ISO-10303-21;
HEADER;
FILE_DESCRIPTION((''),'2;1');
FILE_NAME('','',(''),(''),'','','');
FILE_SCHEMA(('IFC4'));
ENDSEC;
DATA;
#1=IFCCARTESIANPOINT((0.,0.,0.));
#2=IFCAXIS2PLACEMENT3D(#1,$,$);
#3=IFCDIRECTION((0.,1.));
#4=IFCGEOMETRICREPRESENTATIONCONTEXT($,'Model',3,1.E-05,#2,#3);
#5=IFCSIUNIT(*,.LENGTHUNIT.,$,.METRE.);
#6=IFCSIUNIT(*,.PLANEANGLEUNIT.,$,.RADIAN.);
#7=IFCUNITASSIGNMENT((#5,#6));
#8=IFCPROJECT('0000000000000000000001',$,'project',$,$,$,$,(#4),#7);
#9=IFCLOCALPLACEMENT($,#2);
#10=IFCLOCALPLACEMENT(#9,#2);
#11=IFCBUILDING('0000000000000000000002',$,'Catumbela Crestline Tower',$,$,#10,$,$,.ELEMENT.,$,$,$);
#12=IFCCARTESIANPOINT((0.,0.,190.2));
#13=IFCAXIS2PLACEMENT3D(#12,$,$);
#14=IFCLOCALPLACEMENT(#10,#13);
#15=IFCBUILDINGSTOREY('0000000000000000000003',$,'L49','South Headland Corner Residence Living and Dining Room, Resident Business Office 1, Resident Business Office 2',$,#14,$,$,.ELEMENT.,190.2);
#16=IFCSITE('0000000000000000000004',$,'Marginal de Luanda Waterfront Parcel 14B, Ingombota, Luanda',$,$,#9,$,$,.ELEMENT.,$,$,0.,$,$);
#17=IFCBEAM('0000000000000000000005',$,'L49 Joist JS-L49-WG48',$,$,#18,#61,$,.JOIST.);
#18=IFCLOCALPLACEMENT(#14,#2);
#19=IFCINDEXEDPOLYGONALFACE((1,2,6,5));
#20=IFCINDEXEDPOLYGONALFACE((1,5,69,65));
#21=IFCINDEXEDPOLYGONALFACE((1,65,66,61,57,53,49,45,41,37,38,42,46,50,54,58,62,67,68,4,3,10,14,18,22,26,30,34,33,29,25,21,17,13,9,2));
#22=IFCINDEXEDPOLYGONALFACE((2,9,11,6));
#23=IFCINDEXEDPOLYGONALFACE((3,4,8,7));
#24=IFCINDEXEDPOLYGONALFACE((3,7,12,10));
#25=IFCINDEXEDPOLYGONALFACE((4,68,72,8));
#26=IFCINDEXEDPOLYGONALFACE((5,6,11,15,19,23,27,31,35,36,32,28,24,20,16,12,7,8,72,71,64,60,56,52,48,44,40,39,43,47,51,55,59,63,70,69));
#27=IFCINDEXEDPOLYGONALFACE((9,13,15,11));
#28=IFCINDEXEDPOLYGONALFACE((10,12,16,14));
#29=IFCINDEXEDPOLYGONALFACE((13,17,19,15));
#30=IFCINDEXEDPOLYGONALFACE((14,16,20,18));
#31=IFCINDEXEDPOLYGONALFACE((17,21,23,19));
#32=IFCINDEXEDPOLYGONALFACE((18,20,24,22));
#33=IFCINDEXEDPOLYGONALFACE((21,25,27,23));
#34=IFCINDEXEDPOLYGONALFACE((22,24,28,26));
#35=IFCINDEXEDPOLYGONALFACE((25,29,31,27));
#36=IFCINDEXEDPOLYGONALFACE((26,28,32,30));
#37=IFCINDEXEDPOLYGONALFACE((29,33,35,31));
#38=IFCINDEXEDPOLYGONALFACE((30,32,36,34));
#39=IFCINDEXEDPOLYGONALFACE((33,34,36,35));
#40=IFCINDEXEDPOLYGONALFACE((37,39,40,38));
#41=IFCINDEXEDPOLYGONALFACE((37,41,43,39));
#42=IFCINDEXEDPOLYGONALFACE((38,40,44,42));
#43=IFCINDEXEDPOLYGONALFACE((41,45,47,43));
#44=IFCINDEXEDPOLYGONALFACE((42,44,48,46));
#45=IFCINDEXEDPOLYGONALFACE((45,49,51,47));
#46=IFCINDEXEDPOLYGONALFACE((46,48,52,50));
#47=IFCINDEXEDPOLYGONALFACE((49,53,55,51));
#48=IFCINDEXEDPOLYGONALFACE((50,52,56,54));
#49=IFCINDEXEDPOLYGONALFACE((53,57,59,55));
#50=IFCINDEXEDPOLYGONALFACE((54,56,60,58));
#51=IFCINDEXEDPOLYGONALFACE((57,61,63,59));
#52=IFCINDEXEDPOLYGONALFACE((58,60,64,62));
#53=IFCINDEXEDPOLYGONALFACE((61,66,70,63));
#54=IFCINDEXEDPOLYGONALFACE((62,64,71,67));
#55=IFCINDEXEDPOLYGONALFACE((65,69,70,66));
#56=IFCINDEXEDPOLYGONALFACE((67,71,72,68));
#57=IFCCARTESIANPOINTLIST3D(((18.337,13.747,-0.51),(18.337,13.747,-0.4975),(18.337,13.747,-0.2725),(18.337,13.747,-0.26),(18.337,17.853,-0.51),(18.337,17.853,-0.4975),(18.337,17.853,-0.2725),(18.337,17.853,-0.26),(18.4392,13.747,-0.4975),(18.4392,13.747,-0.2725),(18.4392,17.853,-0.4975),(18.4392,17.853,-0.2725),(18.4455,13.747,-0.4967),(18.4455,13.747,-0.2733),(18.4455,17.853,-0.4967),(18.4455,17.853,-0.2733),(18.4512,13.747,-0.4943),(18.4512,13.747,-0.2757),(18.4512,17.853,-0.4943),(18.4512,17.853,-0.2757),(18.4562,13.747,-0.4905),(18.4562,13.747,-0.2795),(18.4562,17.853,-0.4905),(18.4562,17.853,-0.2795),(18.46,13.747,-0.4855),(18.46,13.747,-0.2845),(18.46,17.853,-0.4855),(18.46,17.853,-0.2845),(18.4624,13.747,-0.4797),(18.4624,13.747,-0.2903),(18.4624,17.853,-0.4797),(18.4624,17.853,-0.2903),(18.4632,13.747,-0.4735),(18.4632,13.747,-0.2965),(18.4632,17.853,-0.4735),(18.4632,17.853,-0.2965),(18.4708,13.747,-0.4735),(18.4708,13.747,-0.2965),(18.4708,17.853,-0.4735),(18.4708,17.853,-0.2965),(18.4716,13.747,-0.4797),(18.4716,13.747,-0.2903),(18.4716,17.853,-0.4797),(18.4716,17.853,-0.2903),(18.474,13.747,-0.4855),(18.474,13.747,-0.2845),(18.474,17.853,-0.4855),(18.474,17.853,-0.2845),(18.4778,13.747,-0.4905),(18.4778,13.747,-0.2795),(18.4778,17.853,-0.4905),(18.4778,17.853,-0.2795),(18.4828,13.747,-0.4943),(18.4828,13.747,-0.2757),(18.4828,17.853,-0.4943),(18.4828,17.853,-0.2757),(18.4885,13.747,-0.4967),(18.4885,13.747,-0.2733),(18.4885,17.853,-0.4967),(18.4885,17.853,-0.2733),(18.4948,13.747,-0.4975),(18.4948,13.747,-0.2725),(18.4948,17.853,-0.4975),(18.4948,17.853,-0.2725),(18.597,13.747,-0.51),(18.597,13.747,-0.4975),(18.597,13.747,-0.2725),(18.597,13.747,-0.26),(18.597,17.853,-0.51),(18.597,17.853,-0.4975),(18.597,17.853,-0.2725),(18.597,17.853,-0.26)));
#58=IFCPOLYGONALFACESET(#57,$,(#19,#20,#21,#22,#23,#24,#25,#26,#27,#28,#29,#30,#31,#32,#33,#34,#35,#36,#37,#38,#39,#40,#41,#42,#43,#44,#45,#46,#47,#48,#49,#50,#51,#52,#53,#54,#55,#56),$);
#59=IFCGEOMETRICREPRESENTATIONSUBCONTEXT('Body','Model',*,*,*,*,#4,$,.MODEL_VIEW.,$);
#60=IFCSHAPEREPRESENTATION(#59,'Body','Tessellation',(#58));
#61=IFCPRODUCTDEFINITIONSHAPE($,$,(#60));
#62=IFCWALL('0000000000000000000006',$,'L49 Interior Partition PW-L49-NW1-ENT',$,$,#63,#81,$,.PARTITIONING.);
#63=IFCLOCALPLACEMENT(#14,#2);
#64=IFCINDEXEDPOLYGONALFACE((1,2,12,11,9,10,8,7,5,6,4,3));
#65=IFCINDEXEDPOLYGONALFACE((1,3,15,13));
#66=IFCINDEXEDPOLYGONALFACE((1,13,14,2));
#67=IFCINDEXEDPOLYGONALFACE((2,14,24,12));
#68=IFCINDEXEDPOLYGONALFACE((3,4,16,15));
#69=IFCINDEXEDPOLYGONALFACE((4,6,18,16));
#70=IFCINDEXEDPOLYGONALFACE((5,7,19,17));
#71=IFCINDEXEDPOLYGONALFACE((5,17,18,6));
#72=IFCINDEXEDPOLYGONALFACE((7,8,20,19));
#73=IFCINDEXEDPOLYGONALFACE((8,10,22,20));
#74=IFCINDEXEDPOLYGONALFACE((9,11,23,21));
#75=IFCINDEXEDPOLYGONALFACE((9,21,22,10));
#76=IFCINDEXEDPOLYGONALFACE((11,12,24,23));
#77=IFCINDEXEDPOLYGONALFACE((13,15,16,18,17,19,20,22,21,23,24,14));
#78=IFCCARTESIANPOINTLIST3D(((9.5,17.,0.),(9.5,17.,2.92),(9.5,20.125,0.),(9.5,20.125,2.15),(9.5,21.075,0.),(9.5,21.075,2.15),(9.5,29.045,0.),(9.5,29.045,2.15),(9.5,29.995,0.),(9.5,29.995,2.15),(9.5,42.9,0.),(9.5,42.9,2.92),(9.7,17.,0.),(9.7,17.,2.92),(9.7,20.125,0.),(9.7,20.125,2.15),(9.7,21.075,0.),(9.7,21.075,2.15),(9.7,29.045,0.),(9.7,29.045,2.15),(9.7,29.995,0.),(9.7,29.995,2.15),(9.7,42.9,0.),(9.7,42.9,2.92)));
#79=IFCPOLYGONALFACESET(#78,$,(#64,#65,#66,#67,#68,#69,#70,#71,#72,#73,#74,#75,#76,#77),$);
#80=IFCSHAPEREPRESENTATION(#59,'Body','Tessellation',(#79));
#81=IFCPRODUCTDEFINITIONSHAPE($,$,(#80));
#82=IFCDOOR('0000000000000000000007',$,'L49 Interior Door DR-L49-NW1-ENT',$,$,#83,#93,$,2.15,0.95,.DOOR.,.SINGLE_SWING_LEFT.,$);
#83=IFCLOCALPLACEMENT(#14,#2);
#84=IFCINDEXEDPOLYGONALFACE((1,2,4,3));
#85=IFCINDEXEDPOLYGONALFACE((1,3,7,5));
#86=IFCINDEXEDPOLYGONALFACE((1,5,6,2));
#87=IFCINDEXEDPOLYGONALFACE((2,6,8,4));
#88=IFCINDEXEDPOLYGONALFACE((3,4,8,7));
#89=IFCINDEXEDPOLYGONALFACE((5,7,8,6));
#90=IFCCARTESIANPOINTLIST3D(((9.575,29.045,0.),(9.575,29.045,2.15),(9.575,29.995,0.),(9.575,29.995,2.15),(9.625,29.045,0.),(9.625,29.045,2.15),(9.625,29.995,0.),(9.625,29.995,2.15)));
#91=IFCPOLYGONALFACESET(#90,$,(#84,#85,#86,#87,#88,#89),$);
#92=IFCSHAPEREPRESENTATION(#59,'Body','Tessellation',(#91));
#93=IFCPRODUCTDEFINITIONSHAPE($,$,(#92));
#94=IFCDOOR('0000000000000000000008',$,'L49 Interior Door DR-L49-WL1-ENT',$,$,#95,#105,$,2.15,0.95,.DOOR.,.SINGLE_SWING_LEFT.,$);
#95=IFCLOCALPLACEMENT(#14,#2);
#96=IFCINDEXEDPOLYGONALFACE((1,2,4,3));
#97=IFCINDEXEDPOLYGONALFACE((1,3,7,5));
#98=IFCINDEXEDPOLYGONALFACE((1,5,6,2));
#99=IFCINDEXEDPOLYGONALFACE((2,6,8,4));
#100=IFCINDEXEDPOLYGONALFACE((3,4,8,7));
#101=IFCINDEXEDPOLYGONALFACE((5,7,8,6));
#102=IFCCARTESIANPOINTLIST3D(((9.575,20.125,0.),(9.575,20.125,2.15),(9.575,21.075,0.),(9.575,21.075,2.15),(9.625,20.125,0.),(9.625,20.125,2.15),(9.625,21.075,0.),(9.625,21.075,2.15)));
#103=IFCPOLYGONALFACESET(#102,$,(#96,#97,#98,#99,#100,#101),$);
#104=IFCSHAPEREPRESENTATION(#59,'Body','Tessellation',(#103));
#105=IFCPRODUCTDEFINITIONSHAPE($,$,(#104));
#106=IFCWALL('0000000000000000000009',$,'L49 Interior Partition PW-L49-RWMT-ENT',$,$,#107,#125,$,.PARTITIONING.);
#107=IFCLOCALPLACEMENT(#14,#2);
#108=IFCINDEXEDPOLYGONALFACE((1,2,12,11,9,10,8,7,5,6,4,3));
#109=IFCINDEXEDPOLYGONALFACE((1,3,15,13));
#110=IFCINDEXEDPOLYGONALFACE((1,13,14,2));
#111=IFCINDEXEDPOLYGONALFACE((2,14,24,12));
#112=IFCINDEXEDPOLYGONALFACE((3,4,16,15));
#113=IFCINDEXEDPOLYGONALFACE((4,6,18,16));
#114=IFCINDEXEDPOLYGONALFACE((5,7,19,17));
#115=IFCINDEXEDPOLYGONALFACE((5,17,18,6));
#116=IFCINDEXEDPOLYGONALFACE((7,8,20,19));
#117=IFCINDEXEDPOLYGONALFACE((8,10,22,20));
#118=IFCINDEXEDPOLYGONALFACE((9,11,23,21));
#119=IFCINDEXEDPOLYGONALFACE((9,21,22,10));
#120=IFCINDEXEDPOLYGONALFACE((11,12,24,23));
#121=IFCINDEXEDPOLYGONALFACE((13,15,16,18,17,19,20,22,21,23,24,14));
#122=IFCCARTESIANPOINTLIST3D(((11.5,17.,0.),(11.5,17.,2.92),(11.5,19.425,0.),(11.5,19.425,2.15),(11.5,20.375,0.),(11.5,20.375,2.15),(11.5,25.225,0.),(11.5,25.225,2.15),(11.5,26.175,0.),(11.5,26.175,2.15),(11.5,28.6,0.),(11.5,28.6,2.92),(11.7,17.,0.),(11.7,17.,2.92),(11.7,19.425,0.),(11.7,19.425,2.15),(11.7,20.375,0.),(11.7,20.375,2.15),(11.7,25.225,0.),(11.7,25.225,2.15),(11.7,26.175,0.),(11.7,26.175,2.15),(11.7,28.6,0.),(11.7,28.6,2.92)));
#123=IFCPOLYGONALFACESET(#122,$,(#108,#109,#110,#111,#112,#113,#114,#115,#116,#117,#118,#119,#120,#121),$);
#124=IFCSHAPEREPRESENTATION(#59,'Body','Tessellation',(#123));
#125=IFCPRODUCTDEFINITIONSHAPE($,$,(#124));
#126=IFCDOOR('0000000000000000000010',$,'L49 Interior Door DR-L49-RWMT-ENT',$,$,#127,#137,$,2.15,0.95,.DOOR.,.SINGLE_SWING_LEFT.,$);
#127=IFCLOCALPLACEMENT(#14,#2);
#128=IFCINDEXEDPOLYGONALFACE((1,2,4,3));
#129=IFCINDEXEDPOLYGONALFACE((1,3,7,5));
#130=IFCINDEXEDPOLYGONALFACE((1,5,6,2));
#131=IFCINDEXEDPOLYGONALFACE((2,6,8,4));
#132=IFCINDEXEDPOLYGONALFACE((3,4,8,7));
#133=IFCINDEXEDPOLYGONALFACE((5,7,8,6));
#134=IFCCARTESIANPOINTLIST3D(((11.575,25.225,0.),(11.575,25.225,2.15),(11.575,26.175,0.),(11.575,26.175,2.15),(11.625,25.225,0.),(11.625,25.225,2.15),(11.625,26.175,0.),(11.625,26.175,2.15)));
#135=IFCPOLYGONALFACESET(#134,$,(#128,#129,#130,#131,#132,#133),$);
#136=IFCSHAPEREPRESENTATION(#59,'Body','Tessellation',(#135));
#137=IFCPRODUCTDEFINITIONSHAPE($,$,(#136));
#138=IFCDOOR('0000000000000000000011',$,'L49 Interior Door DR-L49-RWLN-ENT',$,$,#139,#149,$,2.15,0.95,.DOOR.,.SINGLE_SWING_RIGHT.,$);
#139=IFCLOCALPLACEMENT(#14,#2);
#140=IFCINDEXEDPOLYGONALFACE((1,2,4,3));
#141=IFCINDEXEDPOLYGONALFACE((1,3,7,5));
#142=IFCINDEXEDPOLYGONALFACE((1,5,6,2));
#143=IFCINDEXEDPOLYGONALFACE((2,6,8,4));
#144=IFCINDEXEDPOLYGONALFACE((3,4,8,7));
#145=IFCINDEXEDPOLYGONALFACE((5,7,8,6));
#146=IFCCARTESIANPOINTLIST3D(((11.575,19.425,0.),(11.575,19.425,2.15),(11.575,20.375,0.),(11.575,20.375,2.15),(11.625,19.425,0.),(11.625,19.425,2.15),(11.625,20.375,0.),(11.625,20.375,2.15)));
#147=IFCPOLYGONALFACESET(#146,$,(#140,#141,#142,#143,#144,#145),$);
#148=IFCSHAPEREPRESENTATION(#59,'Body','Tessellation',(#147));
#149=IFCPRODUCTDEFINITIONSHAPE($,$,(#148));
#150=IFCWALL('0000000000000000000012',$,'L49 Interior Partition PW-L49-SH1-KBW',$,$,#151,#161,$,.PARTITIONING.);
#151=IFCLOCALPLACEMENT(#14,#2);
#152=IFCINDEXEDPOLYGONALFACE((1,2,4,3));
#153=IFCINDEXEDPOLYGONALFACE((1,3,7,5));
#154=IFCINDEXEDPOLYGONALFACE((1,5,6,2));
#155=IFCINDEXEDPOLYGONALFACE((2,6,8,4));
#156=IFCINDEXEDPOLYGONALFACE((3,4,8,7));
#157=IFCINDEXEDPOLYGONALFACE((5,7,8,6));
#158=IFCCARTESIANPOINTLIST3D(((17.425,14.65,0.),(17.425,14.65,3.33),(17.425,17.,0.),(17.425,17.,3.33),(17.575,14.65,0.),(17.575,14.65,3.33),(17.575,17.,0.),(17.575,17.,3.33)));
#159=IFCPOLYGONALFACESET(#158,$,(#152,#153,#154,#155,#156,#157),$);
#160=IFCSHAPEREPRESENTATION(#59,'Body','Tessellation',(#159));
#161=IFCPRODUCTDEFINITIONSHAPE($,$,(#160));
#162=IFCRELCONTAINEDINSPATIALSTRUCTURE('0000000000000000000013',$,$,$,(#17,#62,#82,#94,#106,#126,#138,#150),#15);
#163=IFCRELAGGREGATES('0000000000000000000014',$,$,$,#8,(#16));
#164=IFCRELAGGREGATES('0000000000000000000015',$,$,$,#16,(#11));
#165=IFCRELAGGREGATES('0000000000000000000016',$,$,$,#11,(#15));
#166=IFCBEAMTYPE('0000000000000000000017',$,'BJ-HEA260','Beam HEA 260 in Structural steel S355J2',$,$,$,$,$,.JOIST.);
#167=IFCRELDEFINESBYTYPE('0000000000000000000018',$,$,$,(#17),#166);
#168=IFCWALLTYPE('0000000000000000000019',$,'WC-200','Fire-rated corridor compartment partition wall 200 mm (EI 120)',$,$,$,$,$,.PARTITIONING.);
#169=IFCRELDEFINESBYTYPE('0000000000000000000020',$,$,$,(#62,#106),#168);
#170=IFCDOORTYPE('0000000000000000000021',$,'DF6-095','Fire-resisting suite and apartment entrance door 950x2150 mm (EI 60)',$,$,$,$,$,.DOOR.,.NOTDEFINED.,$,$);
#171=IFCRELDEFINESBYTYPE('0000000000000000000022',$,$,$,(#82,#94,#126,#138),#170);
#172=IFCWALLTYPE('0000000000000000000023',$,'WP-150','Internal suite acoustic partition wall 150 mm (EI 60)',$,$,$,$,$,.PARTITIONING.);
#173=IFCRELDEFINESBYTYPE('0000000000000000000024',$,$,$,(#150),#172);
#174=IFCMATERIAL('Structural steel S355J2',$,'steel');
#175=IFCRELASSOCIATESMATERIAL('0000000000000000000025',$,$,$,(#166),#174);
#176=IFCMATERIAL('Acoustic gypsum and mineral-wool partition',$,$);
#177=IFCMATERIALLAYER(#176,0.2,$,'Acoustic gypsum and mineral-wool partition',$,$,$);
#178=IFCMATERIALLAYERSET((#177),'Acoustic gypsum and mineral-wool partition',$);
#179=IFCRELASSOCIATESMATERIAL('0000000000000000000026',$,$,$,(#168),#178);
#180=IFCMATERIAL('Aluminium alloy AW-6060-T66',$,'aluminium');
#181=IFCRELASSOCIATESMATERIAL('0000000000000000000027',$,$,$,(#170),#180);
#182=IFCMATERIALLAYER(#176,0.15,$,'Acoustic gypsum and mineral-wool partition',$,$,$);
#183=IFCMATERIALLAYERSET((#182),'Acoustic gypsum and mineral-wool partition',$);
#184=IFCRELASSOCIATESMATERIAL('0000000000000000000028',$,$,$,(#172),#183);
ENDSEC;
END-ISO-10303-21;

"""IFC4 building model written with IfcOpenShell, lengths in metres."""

from ifc_helpers import new_model, si_unit, direction, frame, frame_2d, origin, origin_2d, place, context, subcontext, project, spatial, rectangle, i_section, extrude, material, layer, layer_set, material_profile, profile_set, type_object, element, fill, save


model = new_model("IFC4")

# Units and contexts
model_context = context("Model", 3, precision=1e-05, world=origin(), true_north=direction((0.0, 1.0)))
body_context = subcontext(model_context, "Body", "Model", "MODEL_VIEW")
ifc_project = project(units=[si_unit("LENGTHUNIT", "METRE"), si_unit("PLANEANGLEUNIT", "RADIAN")], contexts=[model_context])

# Site, building, storey
site_placement = place(None, origin())
site = spatial("IfcSite", under=ifc_project, at=site_placement, Name="Marginal de Luanda Waterfront Parcel 14B, Ingombota, Luanda", CompositionType="ELEMENT", RefElevation=0.0)
building_placement = place(site_placement, origin())
building = spatial("IfcBuilding", under=site, at=building_placement, Name="Catumbela Crestline Tower", CompositionType="ELEMENT")
storey_placement = place(building_placement, frame((0.0, 0.0, 190.2)))
storey = spatial("IfcBuildingStorey", under=building, at=storey_placement, Name="L49", Description="South Headland Corner Residence Living and Dining Room, Resident Business Office 1, Resident Business Office 2", CompositionType="ELEMENT", Elevation=190.2)

# Shared definitions
ifc_material_1 = material(Name="Structural steel S355J2", Category="steel")

# Beam
ifc_material_profile_1 = material_profile(ifc_material_1, i_section(OverallWidth=0.26, OverallDepth=0.25, WebThickness=0.0075, FlangeThickness=0.0125, FilletRadius=0.024, at=origin_2d()), Name="HEA 260")
ifc_profile_set_1 = profile_set([ifc_material_profile_1], Name="Structural steel S355J2")
beam_type_1 = type_object("IfcBeamType", Name="BJ-HEA260", Description="Beam HEA 260 in Structural steel S355J2", PredefinedType="JOIST", material=ifc_profile_set_1)
for number, where, z_axis, x_axis, name in (
    (1, (18.467, 13.747, -0.385), (0.0, 1.0, 0.0), (-1.0, 0.0, 0.0), "L49 Joist JS-L49-WG48"),
):
    element("IfcBeam", number, at=place(storey_placement, frame(where, z_axis=z_axis, x_axis=x_axis)), inside=storey, type_object=beam_type_1, Name=name, PredefinedType="JOIST", context=body_context, shape_type="SweptSolid", body=[
        extrude(i_section(OverallWidth=0.26, OverallDepth=0.25, WebThickness=0.0075, FlangeThickness=0.0125, FilletRadius=0.024, at=origin_2d()), origin(), (0.0, 0.0, 1.0), 4.106),
    ])

# Walls, openings, doors
ifc_material_2 = material(Name="Acoustic gypsum and mineral-wool partition")
ifc_layer_1 = layer(ifc_material_2, 0.2, Name="Acoustic gypsum and mineral-wool partition")
ifc_layer_set_1 = layer_set([ifc_layer_1], Name="Acoustic gypsum and mineral-wool partition")
wall_type_1 = type_object("IfcWallType", Name="WC-200", Description="Fire-rated corridor compartment partition wall 200 mm (EI 120)", PredefinedType="PARTITIONING", material=ifc_layer_set_1)
wall_1_placement = place(storey_placement, frame((9.6, 17.0, 0.0), z_axis=(0.0, 0.0, 1.0), x_axis=(0.0, 1.0, 0.0)))
wall_1 = element("IfcWall", 2, at=wall_1_placement, inside=storey, type_object=wall_type_1, Name="L49 Interior Partition PW-L49-NW1-ENT", PredefinedType="PARTITIONING", context=body_context, shape_type="SweptSolid", body=[
    extrude(rectangle(XDim=25.9, YDim=0.2, at=frame_2d((12.95, 0.0))), origin(), (0.0, 0.0, 1.0), 2.92),
])
opening_1_placement = place(wall_1_placement, frame((12.045, 0.0, 0.0)))
opening_1 = element("IfcOpeningElement", 3, at=opening_1_placement, cuts=wall_1, PredefinedType="OPENING", context=body_context, shape_type="SweptSolid", body=[
    extrude(rectangle(XDim=0.95, YDim=2.15, at=frame_2d((0.475, 1.075))), frame((0.0, 0.11, 0.0), z_axis=(0.0, -1.0, 0.0), x_axis=(1.0, 0.0, 0.0)), (0.0, 0.0, 1.0), 0.22),
])
opening_2_placement = place(wall_1_placement, frame((3.125, 0.0, 0.0)))
opening_2 = element("IfcOpeningElement", 4, at=opening_2_placement, cuts=wall_1, PredefinedType="OPENING", context=body_context, shape_type="SweptSolid", body=[
    extrude(rectangle(XDim=0.95, YDim=2.15, at=frame_2d((0.475, 1.075))), frame((0.0, 0.11, 0.0), z_axis=(0.0, -1.0, 0.0), x_axis=(1.0, 0.0, 0.0)), (0.0, 0.0, 1.0), 0.22),
])
ifc_material_3 = material(Name="Aluminium alloy AW-6060-T66", Category="aluminium")
door_type_1 = type_object("IfcDoorType", Name="DF6-095", Description="Fire-resisting suite and apartment entrance door 950x2150 mm (EI 60)", OperationType="NOTDEFINED", PredefinedType="DOOR", material=ifc_material_3)
door_1_placement = place(opening_1_placement, origin())
door_1 = element("IfcDoor", 5, at=door_1_placement, inside=storey, type_object=door_type_1, Name="L49 Interior Door DR-L49-NW1-ENT", OperationType="SINGLE_SWING_LEFT", OverallHeight=2.15, OverallWidth=0.95, PredefinedType="DOOR", context=body_context, shape_type="SweptSolid", body=[
    extrude(rectangle(XDim=0.95, YDim=2.15, at=frame_2d((0.475, 1.075))), frame((0.0, 0.025, 0.0), z_axis=(0.0, -1.0, 0.0), x_axis=(1.0, 0.0, 0.0)), (0.0, 0.0, 1.0), 0.05),
])
fill(opening_1, door_1)
door_2_placement = place(opening_2_placement, origin())
door_2 = element("IfcDoor", 6, at=door_2_placement, inside=storey, type_object=door_type_1, Name="L49 Interior Door DR-L49-WL1-ENT", OperationType="SINGLE_SWING_LEFT", OverallHeight=2.15, OverallWidth=0.95, PredefinedType="DOOR", context=body_context, shape_type="SweptSolid", body=[
    extrude(rectangle(XDim=0.95, YDim=2.15, at=frame_2d((0.475, 1.075))), frame((0.0, 0.025, 0.0), z_axis=(0.0, -1.0, 0.0), x_axis=(1.0, 0.0, 0.0)), (0.0, 0.0, 1.0), 0.05),
])
fill(opening_2, door_2)
wall_2_placement = place(storey_placement, frame((11.6, 17.0, 0.0), z_axis=(0.0, 0.0, 1.0), x_axis=(0.0, 1.0, 0.0)))
wall_2 = element("IfcWall", 7, at=wall_2_placement, inside=storey, type_object=wall_type_1, Name="L49 Interior Partition PW-L49-RWMT-ENT", PredefinedType="PARTITIONING", context=body_context, shape_type="SweptSolid", body=[
    extrude(rectangle(XDim=11.6, YDim=0.2, at=frame_2d((5.8, 0.0))), origin(), (0.0, 0.0, 1.0), 2.92),
])
opening_3_placement = place(wall_2_placement, frame((8.225, 0.0, 0.0)))
opening_3 = element("IfcOpeningElement", 8, at=opening_3_placement, cuts=wall_2, PredefinedType="OPENING", context=body_context, shape_type="SweptSolid", body=[
    extrude(rectangle(XDim=0.95, YDim=2.15, at=frame_2d((0.475, 1.075))), frame((0.0, 0.11, 0.0), z_axis=(0.0, -1.0, 0.0), x_axis=(1.0, 0.0, 0.0)), (0.0, 0.0, 1.0), 0.22),
])
opening_4_placement = place(wall_2_placement, frame((2.425, 0.0, 0.0)))
opening_4 = element("IfcOpeningElement", 9, at=opening_4_placement, cuts=wall_2, PredefinedType="OPENING", context=body_context, shape_type="SweptSolid", body=[
    extrude(rectangle(XDim=0.95, YDim=2.15, at=frame_2d((0.475, 1.075))), frame((0.0, 0.11, 0.0), z_axis=(0.0, -1.0, 0.0), x_axis=(1.0, 0.0, 0.0)), (0.0, 0.0, 1.0), 0.22),
])
door_3_placement = place(opening_3_placement, origin())
door_3 = element("IfcDoor", 10, at=door_3_placement, inside=storey, type_object=door_type_1, Name="L49 Interior Door DR-L49-RWMT-ENT", OperationType="SINGLE_SWING_LEFT", OverallHeight=2.15, OverallWidth=0.95, PredefinedType="DOOR", context=body_context, shape_type="SweptSolid", body=[
    extrude(rectangle(XDim=0.95, YDim=2.15, at=frame_2d((0.475, 1.075))), frame((0.0, 0.025, 0.0), z_axis=(0.0, -1.0, 0.0), x_axis=(1.0, 0.0, 0.0)), (0.0, 0.0, 1.0), 0.05),
])
fill(opening_3, door_3)
door_4_placement = place(opening_4_placement, origin())
door_4 = element("IfcDoor", 11, at=door_4_placement, inside=storey, type_object=door_type_1, Name="L49 Interior Door DR-L49-RWLN-ENT", OperationType="SINGLE_SWING_RIGHT", OverallHeight=2.15, OverallWidth=0.95, PredefinedType="DOOR", context=body_context, shape_type="SweptSolid", body=[
    extrude(rectangle(XDim=0.95, YDim=2.15, at=frame_2d((0.475, 1.075))), frame((0.0, 0.025, 0.0), z_axis=(0.0, -1.0, 0.0), x_axis=(1.0, 0.0, 0.0)), (0.0, 0.0, 1.0), 0.05),
])
fill(opening_4, door_4)

# Wall
ifc_layer_2 = layer(ifc_material_2, 0.15, Name="Acoustic gypsum and mineral-wool partition")
ifc_layer_set_2 = layer_set([ifc_layer_2], Name="Acoustic gypsum and mineral-wool partition")
wall_type_2 = type_object("IfcWallType", Name="WP-150", Description="Internal suite acoustic partition wall 150 mm (EI 60)", PredefinedType="PARTITIONING", material=ifc_layer_set_2)
wall_3_placement = place(storey_placement, frame((17.5, 14.65, 0.0), z_axis=(0.0, 0.0, 1.0), x_axis=(0.0, 1.0, 0.0)))
element("IfcWall", 12, at=wall_3_placement, inside=storey, type_object=wall_type_2, Name="L49 Interior Partition PW-L49-SH1-KBW", PredefinedType="PARTITIONING", context=body_context, shape_type="SweptSolid", body=[
    extrude(rectangle(XDim=2.35, YDim=0.15, at=frame_2d((1.175, 0.0))), origin(), (0.0, 0.0, 1.0), 3.33),
])

save(model, "model.ifc")
